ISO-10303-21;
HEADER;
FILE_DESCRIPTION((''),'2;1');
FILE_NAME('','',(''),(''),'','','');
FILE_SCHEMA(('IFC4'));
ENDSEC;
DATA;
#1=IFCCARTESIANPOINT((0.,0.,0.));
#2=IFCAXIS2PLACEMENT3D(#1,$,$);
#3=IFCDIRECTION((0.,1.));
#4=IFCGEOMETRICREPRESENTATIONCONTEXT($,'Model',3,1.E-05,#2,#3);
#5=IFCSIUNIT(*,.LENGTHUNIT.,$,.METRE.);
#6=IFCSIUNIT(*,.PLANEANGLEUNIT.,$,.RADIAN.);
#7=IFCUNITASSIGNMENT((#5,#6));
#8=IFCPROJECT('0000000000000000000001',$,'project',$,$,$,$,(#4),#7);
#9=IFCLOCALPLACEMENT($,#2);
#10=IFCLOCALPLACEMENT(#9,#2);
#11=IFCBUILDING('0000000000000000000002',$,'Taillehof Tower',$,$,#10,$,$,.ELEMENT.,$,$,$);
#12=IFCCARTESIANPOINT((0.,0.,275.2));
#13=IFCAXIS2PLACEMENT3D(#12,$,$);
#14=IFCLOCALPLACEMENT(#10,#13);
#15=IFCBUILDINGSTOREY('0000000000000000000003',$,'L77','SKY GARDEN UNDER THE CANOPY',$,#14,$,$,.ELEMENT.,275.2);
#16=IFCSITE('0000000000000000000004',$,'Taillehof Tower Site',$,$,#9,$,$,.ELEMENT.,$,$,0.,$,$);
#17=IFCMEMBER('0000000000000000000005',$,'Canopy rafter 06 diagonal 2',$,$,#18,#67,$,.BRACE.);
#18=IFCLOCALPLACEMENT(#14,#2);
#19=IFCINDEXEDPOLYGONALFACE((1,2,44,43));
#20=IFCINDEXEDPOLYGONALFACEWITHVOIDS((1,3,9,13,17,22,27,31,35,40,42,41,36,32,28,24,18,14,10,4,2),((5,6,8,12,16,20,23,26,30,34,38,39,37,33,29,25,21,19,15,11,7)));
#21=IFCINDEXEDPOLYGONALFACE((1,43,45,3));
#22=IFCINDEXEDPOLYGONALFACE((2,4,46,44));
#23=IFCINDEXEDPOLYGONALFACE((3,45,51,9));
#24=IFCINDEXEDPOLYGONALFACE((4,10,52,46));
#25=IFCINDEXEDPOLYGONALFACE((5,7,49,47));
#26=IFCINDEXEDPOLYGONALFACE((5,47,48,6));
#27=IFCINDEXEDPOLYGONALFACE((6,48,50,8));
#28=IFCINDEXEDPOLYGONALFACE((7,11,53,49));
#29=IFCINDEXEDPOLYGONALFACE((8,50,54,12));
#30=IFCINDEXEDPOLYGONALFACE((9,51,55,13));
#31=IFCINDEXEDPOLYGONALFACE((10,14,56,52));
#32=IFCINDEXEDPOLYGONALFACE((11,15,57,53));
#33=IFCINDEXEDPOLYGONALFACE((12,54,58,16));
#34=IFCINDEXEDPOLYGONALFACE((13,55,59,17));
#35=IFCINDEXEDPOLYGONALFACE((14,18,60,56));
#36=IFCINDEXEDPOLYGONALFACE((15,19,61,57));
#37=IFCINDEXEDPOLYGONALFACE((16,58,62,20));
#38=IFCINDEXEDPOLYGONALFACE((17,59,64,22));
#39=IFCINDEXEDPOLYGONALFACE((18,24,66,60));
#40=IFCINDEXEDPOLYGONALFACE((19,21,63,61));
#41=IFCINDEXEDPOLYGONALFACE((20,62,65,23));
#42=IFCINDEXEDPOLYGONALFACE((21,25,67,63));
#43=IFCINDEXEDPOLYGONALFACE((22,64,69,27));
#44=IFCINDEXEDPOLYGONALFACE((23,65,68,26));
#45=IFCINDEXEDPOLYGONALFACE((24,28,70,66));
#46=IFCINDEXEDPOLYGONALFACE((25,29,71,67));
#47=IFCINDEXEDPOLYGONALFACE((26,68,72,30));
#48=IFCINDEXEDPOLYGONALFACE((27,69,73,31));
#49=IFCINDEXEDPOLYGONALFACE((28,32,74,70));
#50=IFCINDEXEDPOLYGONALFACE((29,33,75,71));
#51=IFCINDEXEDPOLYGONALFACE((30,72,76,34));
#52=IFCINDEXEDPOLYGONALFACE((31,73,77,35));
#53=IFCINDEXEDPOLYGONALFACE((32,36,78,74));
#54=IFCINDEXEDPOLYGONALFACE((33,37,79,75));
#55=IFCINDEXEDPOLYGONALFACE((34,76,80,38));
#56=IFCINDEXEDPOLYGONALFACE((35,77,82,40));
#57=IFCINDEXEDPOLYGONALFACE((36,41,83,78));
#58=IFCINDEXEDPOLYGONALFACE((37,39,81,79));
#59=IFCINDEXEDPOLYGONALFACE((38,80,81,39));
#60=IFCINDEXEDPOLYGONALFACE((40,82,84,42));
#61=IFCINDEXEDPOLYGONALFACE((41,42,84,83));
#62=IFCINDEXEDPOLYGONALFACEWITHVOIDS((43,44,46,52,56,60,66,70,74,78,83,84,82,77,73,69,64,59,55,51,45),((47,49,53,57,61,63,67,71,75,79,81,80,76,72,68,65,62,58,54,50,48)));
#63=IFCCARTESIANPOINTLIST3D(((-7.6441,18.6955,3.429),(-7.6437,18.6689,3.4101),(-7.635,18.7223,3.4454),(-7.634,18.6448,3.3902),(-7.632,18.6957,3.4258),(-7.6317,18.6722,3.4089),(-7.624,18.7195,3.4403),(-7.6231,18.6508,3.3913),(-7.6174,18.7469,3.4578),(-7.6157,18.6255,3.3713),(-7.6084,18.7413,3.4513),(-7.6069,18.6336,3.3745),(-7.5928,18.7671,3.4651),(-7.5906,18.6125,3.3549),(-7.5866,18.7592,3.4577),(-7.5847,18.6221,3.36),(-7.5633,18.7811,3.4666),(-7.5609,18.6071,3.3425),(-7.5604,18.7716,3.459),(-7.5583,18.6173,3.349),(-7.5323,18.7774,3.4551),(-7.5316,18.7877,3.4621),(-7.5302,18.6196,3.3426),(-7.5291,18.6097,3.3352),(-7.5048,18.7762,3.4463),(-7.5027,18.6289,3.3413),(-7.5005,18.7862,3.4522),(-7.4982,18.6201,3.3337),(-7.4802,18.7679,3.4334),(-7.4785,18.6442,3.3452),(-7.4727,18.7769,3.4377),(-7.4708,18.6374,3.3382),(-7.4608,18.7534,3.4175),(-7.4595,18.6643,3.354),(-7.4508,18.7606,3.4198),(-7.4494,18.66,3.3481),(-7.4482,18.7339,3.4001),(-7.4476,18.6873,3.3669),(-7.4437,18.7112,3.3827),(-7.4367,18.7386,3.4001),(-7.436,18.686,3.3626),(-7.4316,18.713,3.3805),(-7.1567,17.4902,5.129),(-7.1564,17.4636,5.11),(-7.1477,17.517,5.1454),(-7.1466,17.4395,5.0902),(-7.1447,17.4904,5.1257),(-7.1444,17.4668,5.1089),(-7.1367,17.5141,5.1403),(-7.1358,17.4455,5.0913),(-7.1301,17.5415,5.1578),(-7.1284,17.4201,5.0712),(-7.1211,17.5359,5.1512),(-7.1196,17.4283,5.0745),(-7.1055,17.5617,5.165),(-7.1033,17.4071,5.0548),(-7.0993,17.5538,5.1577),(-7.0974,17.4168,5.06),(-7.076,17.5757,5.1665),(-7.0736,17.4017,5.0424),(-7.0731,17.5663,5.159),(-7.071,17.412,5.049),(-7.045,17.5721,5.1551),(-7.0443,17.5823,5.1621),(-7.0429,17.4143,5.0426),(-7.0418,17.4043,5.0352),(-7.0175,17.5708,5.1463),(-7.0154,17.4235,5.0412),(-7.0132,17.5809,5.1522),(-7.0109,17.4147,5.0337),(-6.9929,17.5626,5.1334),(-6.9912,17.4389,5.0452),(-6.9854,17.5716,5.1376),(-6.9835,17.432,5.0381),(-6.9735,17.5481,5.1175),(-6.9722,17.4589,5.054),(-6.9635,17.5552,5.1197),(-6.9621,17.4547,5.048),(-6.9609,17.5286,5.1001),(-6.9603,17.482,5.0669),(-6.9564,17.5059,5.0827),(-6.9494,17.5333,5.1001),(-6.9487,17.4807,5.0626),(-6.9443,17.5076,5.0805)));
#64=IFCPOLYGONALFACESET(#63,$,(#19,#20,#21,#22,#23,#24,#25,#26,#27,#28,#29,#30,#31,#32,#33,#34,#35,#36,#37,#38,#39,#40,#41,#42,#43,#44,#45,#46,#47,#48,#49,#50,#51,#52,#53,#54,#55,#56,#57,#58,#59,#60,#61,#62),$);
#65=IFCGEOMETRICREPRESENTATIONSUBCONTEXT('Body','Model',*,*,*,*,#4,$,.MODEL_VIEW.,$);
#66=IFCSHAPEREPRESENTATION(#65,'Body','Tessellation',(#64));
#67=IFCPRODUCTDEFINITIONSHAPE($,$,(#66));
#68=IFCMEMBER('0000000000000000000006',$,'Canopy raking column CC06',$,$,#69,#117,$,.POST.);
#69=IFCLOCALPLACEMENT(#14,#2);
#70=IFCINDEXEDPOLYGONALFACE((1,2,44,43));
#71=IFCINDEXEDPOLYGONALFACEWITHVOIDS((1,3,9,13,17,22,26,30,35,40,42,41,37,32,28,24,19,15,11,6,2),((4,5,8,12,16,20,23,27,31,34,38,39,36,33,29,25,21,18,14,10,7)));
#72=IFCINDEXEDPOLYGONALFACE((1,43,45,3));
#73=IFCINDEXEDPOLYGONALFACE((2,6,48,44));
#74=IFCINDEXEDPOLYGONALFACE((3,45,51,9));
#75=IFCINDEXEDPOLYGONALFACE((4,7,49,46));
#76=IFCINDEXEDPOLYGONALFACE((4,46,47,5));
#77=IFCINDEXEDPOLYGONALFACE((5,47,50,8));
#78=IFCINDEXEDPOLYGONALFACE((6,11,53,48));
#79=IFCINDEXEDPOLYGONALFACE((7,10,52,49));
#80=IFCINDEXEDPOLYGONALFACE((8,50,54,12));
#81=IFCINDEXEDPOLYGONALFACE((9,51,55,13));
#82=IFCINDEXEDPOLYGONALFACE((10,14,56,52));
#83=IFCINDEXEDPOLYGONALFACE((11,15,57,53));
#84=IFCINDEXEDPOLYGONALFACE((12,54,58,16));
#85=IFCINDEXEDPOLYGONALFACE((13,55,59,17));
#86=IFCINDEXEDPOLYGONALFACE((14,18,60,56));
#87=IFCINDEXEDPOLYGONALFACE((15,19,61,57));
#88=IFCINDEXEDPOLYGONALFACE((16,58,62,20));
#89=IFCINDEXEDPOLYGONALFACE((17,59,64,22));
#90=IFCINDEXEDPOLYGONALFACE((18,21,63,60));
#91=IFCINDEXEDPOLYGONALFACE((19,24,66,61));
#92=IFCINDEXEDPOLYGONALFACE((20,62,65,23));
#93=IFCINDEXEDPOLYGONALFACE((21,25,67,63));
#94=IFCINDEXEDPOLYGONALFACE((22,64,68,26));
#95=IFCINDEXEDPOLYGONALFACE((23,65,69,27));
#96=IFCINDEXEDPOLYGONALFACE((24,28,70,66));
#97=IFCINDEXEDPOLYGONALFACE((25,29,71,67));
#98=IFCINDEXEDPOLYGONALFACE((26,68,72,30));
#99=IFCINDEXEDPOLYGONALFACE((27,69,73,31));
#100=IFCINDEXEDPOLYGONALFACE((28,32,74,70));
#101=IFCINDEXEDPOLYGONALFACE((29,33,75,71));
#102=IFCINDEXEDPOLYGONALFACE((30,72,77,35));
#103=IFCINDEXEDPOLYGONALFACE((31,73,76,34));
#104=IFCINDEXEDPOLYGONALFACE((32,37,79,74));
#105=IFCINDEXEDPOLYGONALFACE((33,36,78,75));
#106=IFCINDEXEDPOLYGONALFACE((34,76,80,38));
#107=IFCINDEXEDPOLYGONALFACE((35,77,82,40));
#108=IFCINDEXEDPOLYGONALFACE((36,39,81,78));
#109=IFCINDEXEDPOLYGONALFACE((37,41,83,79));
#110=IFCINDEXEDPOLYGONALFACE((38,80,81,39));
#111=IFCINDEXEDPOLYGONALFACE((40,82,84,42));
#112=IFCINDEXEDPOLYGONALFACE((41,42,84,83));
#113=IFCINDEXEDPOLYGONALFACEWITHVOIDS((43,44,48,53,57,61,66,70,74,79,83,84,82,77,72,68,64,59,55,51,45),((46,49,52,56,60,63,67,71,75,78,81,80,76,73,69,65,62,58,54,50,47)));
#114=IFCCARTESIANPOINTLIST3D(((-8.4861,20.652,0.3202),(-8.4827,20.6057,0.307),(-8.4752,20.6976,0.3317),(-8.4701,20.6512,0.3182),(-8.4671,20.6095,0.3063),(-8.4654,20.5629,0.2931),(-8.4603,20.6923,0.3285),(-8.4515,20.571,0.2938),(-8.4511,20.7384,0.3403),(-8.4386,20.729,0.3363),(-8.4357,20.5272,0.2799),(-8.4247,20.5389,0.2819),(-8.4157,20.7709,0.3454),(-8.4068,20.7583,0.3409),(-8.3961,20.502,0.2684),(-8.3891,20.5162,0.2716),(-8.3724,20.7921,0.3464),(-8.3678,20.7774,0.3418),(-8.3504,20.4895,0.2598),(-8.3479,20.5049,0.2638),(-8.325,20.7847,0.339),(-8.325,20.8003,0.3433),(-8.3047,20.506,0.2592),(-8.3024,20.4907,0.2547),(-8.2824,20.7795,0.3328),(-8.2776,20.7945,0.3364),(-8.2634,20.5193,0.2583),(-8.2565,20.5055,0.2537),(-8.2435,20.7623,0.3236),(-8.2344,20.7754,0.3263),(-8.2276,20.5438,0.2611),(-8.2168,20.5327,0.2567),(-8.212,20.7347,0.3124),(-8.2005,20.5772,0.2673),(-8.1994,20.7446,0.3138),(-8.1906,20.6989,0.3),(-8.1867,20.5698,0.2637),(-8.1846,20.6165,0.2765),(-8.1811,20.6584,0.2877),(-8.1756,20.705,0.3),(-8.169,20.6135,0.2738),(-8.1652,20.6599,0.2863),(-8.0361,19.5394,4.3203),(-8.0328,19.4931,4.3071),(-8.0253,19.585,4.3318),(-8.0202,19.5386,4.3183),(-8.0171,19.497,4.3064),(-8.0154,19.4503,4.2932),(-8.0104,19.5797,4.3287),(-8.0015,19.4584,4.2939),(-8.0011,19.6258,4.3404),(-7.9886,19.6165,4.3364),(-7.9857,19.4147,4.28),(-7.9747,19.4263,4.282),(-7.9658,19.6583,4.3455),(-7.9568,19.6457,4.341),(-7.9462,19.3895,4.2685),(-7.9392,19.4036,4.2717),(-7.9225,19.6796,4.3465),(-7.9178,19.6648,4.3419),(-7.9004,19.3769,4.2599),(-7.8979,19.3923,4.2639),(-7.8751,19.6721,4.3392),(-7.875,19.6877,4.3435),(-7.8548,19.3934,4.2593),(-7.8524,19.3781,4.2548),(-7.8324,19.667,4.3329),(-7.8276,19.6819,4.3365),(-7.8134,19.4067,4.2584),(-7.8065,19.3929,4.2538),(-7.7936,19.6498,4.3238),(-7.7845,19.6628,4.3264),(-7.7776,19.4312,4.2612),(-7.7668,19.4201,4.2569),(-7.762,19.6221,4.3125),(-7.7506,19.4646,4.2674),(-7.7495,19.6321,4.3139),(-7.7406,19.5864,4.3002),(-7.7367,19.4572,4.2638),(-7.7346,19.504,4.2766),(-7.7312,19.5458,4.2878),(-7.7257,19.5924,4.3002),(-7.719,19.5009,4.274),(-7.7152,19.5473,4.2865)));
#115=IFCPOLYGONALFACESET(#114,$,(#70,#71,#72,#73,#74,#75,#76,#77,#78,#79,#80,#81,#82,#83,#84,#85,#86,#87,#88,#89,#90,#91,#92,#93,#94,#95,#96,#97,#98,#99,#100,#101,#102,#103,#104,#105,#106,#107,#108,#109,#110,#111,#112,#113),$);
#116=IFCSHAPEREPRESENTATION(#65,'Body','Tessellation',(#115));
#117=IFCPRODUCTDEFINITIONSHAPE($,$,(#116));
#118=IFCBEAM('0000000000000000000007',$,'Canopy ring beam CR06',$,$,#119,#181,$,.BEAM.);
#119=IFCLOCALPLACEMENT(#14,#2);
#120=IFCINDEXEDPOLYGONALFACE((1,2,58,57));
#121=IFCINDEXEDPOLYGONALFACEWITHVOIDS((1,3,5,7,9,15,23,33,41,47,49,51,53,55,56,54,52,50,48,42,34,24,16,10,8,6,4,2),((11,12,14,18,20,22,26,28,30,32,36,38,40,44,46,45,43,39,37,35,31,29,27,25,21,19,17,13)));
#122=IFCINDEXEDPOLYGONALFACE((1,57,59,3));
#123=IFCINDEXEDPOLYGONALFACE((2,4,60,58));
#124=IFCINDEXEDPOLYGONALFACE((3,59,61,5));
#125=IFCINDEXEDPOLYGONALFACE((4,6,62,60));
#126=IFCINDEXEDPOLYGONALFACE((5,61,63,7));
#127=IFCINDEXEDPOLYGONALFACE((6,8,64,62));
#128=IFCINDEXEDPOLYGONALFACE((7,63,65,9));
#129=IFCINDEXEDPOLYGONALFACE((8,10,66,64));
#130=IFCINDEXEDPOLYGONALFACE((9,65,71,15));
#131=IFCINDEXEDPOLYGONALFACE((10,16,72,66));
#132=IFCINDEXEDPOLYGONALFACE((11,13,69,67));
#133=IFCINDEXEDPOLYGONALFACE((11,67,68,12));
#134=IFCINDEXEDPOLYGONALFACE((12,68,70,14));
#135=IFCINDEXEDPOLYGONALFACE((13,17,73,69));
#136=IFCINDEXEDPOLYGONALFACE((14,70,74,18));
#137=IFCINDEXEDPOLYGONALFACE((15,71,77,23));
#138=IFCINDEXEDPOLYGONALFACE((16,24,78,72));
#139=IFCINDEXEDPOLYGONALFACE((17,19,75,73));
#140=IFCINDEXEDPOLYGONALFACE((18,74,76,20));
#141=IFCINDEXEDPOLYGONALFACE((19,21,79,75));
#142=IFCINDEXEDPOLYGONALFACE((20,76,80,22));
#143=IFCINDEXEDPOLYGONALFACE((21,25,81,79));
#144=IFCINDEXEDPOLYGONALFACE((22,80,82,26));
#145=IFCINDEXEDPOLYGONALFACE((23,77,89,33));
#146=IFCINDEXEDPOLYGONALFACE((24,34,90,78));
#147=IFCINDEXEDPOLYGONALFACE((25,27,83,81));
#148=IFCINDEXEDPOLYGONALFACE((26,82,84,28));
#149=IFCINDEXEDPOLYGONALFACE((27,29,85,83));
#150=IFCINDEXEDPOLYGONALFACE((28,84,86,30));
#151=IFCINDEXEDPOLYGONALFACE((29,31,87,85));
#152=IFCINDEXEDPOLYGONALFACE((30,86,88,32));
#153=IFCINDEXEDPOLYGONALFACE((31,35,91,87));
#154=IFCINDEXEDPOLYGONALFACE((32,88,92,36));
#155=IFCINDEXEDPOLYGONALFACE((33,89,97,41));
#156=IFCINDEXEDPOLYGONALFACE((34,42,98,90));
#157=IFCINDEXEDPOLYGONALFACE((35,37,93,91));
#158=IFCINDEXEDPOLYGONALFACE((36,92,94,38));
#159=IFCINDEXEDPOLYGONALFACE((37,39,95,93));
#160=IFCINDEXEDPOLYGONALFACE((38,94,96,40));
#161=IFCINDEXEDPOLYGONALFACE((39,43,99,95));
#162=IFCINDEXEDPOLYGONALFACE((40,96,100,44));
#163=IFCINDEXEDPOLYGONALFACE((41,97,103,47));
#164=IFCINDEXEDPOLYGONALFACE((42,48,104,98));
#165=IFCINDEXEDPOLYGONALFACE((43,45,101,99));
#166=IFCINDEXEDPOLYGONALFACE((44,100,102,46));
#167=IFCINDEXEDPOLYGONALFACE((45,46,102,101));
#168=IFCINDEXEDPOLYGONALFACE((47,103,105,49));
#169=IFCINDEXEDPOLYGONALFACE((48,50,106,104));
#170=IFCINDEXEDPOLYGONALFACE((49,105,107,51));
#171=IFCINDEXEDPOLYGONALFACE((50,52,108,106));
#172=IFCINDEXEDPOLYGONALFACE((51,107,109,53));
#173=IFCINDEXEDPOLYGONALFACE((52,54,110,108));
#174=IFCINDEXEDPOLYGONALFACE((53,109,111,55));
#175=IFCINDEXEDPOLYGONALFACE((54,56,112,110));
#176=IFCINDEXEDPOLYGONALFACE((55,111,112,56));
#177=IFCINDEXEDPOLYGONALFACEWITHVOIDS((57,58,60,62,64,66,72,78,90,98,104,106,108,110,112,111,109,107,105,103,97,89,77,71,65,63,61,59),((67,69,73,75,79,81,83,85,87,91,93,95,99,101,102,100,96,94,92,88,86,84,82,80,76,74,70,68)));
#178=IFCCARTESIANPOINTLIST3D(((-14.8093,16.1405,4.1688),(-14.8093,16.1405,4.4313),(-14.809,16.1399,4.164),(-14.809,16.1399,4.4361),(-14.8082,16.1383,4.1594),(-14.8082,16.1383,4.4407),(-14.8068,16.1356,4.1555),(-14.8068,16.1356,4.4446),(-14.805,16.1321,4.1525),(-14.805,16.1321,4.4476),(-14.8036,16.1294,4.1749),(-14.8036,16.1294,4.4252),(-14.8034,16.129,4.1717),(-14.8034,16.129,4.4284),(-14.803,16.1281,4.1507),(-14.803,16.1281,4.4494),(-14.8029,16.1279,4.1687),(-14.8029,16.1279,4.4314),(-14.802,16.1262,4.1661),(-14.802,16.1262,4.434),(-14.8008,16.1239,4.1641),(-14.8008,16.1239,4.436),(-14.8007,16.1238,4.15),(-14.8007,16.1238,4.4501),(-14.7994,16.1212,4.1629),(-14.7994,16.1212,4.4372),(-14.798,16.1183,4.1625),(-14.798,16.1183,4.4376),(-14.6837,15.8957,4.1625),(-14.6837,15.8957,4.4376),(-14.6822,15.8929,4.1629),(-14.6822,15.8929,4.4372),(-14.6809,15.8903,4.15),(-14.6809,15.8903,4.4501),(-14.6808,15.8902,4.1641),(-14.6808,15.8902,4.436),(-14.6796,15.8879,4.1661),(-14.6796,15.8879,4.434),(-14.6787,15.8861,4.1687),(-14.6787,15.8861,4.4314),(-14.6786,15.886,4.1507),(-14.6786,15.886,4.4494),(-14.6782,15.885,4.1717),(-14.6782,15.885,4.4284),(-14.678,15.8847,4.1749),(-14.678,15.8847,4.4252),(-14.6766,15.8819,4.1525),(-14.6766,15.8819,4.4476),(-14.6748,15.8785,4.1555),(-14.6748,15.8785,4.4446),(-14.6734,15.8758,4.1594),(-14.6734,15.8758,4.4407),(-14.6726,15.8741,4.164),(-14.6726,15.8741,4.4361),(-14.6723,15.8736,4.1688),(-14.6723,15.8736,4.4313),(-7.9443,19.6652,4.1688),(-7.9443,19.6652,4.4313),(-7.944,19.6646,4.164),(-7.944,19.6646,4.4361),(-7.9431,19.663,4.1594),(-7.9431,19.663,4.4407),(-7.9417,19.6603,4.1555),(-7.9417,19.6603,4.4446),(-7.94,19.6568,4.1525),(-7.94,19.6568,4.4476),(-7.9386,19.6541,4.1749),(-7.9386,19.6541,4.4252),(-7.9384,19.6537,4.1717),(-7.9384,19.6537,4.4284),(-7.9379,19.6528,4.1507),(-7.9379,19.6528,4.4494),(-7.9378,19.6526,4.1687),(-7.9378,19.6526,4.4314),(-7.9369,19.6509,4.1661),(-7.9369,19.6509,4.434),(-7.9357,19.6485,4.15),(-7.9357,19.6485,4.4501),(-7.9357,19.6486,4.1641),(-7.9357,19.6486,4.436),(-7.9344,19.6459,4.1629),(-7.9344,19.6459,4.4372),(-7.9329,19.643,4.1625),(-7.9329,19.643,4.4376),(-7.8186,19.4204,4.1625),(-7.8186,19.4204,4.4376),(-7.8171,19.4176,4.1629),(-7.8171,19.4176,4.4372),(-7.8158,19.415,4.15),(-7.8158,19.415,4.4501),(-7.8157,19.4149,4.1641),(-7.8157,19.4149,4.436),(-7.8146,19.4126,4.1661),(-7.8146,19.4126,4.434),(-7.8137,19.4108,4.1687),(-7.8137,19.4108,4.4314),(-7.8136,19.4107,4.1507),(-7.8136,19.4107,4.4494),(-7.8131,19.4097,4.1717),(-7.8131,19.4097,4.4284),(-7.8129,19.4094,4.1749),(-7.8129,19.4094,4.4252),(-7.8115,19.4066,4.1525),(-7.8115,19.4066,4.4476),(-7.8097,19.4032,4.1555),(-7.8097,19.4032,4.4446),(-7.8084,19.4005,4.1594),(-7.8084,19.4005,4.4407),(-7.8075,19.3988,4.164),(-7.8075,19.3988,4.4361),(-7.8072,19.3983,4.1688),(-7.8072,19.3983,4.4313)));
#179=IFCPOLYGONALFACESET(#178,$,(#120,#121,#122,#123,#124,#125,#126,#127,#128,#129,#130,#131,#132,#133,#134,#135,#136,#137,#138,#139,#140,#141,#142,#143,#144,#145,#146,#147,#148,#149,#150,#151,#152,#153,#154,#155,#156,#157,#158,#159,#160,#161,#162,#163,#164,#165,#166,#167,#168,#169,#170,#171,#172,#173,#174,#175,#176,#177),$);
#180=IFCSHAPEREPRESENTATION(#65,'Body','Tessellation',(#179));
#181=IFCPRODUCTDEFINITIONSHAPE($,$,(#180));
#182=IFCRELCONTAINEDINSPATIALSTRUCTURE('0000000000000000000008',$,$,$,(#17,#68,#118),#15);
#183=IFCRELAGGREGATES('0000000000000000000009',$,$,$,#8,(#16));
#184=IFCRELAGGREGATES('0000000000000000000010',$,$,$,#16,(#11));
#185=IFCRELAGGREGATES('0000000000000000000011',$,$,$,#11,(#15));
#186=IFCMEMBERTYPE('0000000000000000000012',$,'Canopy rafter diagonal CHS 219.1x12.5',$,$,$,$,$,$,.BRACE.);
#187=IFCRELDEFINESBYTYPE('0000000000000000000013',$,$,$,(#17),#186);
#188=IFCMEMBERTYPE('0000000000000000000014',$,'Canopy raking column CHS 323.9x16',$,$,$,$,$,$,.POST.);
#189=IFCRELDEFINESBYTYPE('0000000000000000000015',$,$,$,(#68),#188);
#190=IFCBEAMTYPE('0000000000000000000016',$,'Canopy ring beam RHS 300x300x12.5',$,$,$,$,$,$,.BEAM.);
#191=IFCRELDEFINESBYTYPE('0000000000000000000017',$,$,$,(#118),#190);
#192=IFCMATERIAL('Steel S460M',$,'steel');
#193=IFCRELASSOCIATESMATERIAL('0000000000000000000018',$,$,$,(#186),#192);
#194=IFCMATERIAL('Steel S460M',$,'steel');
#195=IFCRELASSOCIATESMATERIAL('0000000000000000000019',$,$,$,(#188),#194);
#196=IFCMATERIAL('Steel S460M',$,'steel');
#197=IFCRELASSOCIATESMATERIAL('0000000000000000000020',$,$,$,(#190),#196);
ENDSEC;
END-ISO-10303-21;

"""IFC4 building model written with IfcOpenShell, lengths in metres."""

from ifc_helpers import new_model, si_unit, direction, frame, origin, origin_2d, place, context, subcontext, project, spatial, hollow_rectangle, hollow_circle, extrude, material, material_profile, profile_set, type_object, element, save


model = new_model("IFC4")

# Units and contexts
model_context = context("Model", 3, precision=1e-05, world=origin(), true_north=direction((0.0, 1.0)))
body_context = subcontext(model_context, "Body", "Model", "MODEL_VIEW")
ifc_project = project(units=[si_unit("LENGTHUNIT", "METRE"), si_unit("PLANEANGLEUNIT", "RADIAN")], contexts=[model_context])

# Site, building, storey
site_placement = place(None, origin())
site = spatial("IfcSite", under=ifc_project, at=site_placement, Name="Taillehof Tower Site", CompositionType="ELEMENT", RefElevation=0.0)
building_placement = place(site_placement, origin())
building = spatial("IfcBuilding", under=site, at=building_placement, Name="Taillehof Tower", CompositionType="ELEMENT")
storey_placement = place(building_placement, frame((0.0, 0.0, 275.2)))
storey = spatial("IfcBuildingStorey", under=building, at=storey_placement, Name="L77", Description="SKY GARDEN UNDER THE CANOPY", CompositionType="ELEMENT", Elevation=275.2)

# Members
ifc_material_1 = material(Name="Steel S460M", Category="steel")
ifc_material_profile_1 = material_profile(ifc_material_1, hollow_circle(Radius=0.1096, WallThickness=0.0125, at=origin_2d()), Name="CHS 219.1x12.5")
ifc_profile_set_1 = profile_set([ifc_material_profile_1], Name="Steel S460M")
member_type_1 = type_object("IfcMemberType", Name="Canopy rafter diagonal CHS 219.1x12.5", PredefinedType="BRACE", material=ifc_profile_set_1)
member_1_placement = place(storey_placement, frame((-7.5383, 18.6975, 3.4001), z_axis=(0.2277, -0.563204, 0.794326), x_axis=(0.927098, 0.37482, 0.0)))
element("IfcMember", 1, at=member_1_placement, inside=storey, type_object=member_type_1, Name="Canopy rafter 06 diagonal 2", PredefinedType="BRACE", context=body_context, shape_type="SweptSolid", body=[
    extrude(hollow_circle(Radius=0.1096, WallThickness=0.0125, at=origin_2d()), origin(), (0.0, 0.0, 1.0), 2.1401),
])
ifc_material_2 = material(Name="Steel S460M", Category="steel")
ifc_material_profile_2 = material_profile(ifc_material_2, hollow_circle(Radius=0.1619, WallThickness=0.0161, at=origin_2d()), Name="CHS 323.9x16")
ifc_profile_set_2 = profile_set([ifc_material_profile_2], Name="Steel S460M")
member_type_2 = type_object("IfcMemberType", Name="Canopy raking column CHS 323.9x16", PredefinedType="POST", material=ifc_profile_set_2)
member_2_placement = place(storey_placement, frame((-8.3257, 20.6443, 0.3), z_axis=(0.107743, -0.266405, 0.95782), x_axis=(0.927053, 0.374931, 0.0)))
element("IfcMember", 2, at=member_2_placement, inside=storey, type_object=member_type_2, Name="Canopy raking column CC06", PredefinedType="POST", context=body_context, shape_type="SweptSolid", body=[
    extrude(hollow_circle(Radius=0.1619, WallThickness=0.0161, at=origin_2d()), origin(), (0.0, 0.0, 1.0), 4.1763),
])

# Beam
ifc_material_3 = material(Name="Steel S460M", Category="steel")
ifc_material_profile_3 = material_profile(ifc_material_3, hollow_rectangle(XDim=0.3, YDim=0.3, WallThickness=0.0125, InnerFilletRadius=0.0125, OuterFilletRadius=0.0188, at=origin_2d()), Name="RHS 300x300x12.5")
ifc_profile_set_3 = profile_set([ifc_material_profile_3], Name="Steel S460M")
beam_type_1 = type_object("IfcBeamType", Name="Canopy ring beam RHS 300x300x12.5", PredefinedType="BEAM", material=ifc_profile_set_3)
beam_1_placement = place(storey_placement, frame((-7.8757, 19.5317, 4.3), z_axis=(-0.889599, -0.456742, 0.0), x_axis=(0.456742, -0.889599, 0.0)))
element("IfcBeam", 3, at=beam_1_placement, inside=storey, type_object=beam_type_1, Name="Canopy ring beam CR06", PredefinedType="BEAM", context=body_context, shape_type="SweptSolid", body=[
    extrude(hollow_rectangle(XDim=0.3, YDim=0.3, WallThickness=0.0125, InnerFilletRadius=0.0125, OuterFilletRadius=0.0188, at=origin_2d()), origin(), (0.0, 0.0, 1.0), 7.717),
])

save(model, "model.ifc")
